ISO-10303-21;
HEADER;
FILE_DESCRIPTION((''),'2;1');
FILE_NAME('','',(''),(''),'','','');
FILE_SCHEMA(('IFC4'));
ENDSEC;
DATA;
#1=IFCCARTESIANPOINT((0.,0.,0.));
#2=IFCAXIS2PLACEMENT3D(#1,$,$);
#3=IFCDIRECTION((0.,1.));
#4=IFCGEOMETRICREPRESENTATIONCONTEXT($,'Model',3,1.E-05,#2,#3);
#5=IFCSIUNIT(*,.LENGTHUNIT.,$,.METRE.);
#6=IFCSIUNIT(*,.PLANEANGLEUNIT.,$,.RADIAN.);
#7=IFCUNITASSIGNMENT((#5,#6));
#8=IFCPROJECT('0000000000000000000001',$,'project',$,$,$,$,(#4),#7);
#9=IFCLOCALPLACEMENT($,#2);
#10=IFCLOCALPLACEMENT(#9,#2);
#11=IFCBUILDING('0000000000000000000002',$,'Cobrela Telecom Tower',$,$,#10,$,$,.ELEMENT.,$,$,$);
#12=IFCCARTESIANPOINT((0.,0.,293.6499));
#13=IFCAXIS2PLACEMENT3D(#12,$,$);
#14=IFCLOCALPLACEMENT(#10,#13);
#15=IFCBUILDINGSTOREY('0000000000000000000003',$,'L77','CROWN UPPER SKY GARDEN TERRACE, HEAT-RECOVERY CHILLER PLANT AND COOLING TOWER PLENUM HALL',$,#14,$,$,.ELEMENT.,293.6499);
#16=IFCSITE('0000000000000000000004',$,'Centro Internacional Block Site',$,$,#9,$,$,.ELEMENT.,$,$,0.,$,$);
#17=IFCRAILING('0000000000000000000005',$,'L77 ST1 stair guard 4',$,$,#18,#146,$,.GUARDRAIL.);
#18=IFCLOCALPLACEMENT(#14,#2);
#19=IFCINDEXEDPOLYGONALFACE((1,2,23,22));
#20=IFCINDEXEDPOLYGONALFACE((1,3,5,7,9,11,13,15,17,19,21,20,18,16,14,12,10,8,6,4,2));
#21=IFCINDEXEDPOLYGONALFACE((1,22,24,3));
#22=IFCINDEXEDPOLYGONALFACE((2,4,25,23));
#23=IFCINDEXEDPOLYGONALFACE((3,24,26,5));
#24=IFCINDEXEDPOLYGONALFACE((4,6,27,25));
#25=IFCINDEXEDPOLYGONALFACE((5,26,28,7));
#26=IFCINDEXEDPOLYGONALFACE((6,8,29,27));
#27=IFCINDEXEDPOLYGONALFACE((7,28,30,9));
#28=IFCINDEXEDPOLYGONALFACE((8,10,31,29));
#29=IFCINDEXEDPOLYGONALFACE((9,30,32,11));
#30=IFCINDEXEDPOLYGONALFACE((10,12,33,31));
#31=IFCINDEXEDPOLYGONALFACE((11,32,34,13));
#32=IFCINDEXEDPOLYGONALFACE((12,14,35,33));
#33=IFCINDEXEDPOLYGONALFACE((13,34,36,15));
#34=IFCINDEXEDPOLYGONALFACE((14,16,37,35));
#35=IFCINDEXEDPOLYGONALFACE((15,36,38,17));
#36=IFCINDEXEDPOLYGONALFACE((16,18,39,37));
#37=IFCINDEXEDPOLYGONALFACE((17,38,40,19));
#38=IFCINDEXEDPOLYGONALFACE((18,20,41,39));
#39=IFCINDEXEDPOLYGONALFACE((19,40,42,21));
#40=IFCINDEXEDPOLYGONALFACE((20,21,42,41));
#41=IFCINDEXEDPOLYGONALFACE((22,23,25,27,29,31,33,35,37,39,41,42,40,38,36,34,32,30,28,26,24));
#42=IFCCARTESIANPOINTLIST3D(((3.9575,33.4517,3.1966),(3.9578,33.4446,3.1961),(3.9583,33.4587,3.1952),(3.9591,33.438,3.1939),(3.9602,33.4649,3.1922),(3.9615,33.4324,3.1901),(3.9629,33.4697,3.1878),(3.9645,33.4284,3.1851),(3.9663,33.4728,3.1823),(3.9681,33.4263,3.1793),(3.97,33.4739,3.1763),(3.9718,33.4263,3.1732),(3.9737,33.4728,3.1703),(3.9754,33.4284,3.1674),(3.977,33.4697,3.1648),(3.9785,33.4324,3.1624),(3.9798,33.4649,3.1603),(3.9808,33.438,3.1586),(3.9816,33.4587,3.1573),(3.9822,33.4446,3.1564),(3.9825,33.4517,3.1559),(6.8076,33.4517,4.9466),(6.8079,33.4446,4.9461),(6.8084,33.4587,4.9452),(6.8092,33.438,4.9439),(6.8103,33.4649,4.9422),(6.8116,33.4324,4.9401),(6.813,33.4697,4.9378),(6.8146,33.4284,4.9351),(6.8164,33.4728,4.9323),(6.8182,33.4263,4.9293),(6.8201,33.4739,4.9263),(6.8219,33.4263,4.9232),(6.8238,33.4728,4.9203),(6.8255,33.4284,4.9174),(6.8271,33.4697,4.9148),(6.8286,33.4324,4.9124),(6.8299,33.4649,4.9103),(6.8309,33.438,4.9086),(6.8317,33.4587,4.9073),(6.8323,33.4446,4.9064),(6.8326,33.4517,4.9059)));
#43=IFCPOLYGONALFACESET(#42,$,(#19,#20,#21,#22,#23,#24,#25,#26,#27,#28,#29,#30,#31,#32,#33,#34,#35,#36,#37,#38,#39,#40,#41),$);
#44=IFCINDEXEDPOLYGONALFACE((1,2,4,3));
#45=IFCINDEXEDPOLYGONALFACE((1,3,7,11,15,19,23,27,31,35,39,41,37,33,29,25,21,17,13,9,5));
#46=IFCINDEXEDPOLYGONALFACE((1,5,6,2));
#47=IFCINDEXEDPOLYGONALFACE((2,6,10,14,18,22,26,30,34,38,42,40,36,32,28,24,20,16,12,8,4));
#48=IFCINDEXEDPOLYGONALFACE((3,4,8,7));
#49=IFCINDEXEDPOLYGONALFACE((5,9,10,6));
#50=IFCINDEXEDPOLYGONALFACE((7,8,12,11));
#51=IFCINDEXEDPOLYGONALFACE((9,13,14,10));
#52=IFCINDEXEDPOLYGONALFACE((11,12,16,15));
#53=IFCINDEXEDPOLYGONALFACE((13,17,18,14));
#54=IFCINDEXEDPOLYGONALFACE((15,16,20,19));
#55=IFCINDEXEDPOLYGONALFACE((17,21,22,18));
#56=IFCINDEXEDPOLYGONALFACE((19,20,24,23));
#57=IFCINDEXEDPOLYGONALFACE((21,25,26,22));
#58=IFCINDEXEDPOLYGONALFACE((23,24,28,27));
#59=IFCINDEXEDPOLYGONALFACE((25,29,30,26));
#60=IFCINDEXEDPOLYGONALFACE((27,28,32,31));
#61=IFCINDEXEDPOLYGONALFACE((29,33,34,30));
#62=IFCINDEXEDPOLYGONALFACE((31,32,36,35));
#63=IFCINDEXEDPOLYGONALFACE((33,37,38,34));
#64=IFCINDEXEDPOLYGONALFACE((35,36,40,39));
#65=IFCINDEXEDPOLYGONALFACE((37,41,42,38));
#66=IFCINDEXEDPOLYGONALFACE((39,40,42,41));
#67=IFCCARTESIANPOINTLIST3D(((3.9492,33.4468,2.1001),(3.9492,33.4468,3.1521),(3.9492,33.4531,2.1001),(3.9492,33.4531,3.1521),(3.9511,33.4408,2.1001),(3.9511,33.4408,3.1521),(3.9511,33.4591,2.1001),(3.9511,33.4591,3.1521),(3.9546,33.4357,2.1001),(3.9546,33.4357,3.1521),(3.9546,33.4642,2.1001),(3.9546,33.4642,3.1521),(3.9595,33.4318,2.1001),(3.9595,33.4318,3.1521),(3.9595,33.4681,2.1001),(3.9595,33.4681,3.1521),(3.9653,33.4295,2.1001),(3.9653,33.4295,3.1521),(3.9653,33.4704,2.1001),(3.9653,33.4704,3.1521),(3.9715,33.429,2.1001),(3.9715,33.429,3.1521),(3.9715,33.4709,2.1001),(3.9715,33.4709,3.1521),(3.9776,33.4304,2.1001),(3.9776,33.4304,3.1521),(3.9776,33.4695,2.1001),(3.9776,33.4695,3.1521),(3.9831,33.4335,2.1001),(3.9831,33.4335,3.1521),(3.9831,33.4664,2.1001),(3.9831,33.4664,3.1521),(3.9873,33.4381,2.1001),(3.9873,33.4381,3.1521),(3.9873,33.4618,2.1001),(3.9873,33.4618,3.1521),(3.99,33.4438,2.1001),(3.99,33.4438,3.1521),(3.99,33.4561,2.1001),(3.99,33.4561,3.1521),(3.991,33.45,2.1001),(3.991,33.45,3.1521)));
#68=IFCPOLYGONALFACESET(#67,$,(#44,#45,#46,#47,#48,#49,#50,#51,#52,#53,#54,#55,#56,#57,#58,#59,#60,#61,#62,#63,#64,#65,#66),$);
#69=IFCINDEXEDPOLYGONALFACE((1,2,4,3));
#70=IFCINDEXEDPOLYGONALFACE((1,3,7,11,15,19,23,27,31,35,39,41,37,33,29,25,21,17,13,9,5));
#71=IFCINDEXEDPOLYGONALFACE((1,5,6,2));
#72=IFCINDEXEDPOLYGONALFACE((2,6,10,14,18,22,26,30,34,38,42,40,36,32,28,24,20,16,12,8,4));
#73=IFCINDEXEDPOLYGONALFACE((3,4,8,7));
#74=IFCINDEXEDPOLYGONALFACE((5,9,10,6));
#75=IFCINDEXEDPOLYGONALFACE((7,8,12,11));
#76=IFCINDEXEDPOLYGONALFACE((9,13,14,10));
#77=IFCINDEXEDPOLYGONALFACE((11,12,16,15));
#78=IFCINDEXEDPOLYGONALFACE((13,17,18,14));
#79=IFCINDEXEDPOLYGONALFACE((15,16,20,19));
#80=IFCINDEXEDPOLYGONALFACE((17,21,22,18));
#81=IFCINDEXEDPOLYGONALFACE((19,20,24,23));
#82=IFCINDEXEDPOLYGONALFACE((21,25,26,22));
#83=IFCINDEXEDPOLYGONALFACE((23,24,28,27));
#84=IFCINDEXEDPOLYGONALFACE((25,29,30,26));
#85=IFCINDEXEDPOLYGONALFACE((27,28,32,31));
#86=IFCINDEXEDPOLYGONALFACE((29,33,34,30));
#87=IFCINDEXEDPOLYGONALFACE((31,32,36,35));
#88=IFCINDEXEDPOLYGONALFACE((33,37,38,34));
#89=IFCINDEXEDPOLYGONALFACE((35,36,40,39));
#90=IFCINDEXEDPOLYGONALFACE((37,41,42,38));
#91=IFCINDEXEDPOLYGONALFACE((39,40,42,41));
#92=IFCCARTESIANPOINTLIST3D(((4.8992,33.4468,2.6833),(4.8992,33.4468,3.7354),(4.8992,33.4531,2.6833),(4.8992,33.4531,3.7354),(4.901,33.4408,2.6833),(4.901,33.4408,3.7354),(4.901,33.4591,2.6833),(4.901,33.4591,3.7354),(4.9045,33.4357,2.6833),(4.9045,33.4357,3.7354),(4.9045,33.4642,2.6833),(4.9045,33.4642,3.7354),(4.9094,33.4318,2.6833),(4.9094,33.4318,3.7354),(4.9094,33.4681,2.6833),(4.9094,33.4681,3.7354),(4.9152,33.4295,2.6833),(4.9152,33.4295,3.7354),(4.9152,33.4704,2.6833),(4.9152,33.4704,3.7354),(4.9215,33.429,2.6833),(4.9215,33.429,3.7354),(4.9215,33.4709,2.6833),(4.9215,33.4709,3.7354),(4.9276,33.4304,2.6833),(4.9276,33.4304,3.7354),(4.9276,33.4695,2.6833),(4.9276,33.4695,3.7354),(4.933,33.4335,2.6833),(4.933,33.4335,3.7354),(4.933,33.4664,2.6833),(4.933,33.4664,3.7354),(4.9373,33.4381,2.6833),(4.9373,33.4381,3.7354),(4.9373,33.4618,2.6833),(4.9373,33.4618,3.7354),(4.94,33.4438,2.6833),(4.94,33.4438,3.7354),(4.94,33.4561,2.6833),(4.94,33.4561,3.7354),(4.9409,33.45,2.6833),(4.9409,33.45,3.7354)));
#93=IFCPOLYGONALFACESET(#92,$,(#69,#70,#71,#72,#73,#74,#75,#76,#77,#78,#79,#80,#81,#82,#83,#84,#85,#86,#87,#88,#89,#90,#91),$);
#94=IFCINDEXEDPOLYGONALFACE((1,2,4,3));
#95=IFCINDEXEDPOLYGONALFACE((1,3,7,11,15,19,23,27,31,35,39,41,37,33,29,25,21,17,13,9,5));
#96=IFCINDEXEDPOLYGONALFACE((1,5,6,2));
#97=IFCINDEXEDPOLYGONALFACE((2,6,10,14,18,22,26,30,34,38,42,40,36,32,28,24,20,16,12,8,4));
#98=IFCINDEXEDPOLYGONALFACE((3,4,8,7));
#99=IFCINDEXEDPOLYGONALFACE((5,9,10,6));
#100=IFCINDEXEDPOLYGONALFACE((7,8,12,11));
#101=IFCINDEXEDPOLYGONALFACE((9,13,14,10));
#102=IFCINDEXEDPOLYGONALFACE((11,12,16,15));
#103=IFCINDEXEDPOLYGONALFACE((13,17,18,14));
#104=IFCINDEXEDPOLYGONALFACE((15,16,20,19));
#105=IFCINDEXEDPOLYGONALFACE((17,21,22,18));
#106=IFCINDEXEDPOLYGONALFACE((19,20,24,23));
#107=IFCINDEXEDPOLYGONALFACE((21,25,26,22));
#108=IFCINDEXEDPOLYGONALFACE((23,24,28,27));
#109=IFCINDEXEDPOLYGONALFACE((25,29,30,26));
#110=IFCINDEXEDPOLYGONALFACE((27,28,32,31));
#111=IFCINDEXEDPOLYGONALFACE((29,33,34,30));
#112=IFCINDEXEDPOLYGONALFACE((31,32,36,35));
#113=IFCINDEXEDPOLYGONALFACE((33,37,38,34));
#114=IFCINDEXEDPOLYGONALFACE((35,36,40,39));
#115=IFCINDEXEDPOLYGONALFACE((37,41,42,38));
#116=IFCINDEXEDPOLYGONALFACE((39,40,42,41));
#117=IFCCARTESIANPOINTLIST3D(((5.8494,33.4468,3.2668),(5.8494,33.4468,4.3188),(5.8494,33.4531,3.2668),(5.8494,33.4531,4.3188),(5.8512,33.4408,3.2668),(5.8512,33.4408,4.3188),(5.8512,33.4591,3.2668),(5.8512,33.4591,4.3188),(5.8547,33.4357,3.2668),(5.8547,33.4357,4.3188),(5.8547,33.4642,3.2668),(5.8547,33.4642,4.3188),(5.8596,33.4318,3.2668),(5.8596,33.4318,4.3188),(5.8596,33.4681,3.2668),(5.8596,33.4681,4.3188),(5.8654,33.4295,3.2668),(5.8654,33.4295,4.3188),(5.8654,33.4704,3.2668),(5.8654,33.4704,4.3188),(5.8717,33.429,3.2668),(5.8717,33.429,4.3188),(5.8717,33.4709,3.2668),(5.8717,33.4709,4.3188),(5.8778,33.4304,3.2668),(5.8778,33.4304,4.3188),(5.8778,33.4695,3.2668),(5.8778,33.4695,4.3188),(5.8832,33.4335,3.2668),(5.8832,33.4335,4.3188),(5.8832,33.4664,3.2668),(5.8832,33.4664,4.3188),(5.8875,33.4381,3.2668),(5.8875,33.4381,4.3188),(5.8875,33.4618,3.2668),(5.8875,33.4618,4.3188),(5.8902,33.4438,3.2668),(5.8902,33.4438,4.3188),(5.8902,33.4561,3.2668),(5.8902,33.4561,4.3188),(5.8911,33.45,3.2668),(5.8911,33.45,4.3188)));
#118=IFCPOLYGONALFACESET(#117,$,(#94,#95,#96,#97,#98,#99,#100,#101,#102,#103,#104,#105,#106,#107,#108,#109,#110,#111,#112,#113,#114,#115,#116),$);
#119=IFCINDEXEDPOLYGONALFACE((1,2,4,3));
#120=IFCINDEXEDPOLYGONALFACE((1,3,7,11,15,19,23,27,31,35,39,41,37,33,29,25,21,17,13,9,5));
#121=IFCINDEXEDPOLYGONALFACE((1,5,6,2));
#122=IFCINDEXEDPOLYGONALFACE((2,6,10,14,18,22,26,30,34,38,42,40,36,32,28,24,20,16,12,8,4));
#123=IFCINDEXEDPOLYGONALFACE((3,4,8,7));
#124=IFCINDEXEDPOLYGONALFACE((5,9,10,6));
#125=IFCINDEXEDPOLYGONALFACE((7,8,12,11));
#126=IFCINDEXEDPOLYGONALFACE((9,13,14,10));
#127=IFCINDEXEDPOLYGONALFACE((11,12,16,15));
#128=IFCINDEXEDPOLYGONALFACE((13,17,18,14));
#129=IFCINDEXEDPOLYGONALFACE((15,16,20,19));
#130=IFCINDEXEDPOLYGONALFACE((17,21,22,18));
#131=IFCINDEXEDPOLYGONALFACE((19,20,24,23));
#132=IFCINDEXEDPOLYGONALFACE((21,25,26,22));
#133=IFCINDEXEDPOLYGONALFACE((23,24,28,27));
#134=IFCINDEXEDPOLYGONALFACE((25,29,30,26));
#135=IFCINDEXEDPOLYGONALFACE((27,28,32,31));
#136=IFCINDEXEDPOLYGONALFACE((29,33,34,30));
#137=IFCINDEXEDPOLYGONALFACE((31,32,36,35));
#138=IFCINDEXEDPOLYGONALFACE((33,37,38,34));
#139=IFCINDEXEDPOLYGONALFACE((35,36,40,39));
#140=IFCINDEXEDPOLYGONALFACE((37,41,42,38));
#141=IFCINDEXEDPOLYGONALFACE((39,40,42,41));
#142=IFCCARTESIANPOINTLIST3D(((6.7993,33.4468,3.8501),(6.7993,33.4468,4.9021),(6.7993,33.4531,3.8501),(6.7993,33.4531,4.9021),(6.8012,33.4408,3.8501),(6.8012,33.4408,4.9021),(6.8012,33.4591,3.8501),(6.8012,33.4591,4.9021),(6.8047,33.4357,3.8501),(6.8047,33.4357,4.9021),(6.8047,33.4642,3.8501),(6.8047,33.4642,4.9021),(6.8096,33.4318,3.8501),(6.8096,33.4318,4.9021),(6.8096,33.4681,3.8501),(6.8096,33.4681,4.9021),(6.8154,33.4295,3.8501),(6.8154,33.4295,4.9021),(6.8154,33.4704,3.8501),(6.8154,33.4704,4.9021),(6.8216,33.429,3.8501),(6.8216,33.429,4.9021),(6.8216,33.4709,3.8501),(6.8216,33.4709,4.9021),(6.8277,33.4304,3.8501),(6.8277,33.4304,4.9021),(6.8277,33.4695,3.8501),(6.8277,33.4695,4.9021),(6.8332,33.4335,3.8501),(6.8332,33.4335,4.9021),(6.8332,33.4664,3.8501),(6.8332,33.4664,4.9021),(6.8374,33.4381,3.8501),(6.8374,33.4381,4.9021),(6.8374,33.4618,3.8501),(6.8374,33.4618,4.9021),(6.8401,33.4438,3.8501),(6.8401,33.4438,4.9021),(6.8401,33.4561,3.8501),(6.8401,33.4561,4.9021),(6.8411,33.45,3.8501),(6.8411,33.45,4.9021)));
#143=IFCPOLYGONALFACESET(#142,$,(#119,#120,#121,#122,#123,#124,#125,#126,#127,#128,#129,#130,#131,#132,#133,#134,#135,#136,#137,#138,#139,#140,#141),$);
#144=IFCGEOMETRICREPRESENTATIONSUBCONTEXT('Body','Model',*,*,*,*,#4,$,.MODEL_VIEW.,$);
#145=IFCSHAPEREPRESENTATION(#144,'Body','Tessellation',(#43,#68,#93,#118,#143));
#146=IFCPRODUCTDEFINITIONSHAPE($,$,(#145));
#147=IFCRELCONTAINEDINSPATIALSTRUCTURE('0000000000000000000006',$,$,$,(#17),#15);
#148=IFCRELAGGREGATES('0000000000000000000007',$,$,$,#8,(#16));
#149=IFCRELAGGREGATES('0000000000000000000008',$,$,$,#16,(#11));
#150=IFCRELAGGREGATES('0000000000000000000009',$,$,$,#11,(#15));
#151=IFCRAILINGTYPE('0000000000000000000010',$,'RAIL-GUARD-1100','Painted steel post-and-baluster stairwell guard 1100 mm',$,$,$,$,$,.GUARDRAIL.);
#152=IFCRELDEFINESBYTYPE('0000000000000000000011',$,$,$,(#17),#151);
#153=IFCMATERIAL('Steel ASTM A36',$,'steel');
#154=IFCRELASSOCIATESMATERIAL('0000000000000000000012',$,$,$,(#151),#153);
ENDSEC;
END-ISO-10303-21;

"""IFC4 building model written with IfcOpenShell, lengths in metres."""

from ifc_helpers import new_model, si_unit, direction, frame, origin, origin_2d, place, context, subcontext, project, spatial, circle, extrude, material, type_object, element, save


model = new_model("IFC4")

# Units and contexts
model_context = context("Model", 3, precision=1e-05, world=origin(), true_north=direction((0.0, 1.0)))
body_context = subcontext(model_context, "Body", "Model", "MODEL_VIEW")
ifc_project = project(units=[si_unit("LENGTHUNIT", "METRE"), si_unit("PLANEANGLEUNIT", "RADIAN")], contexts=[model_context])

# Site, building, storey
site_placement = place(None, origin())
site = spatial("IfcSite", under=ifc_project, at=site_placement, Name="Centro Internacional Block Site", CompositionType="ELEMENT", RefElevation=0.0)
building_placement = place(site_placement, origin())
building = spatial("IfcBuilding", under=site, at=building_placement, Name="Cobrela Telecom Tower", CompositionType="ELEMENT")
storey_placement = place(building_placement, frame((0.0, 0.0, 293.6499)))
storey = spatial("IfcBuildingStorey", under=building, at=storey_placement, Name="L77", Description="CROWN UPPER SKY GARDEN TERRACE, HEAT-RECOVERY CHILLER PLANT AND COOLING TOWER PLENUM HALL", CompositionType="ELEMENT", Elevation=293.6499)

# Shared definitions
ifc_material_1 = material(Name="Steel ASTM A36", Category="steel")

# Railing
railing_type_1 = type_object("IfcRailingType", Name="RAIL-GUARD-1100", Description="Painted steel post-and-baluster stairwell guard 1100 mm", PredefinedType="GUARDRAIL", material=ifc_material_1)
railing_1_placement = place(storey_placement, frame((3.97, 33.45, 2.1001)))
element("IfcRailing", 1, at=railing_1_placement, inside=storey, type_object=railing_type_1, Name="L77 ST1 stair guard 4", PredefinedType="GUARDRAIL", context=body_context, shape_type="SweptSolid", body=[
    extrude(circle(Radius=0.0239, at=origin_2d()), frame((0.0, 0.0, 1.0762), z_axis=(0.852179, 0.0, 0.52325), x_axis=(0.0, 1.0, 0.0)), (0.0, 0.0, 1.0), 3.3445),
    extrude(circle(Radius=0.021, at=origin_2d()), origin(), (0.0, 0.0, 1.0), 1.052),
    extrude(circle(Radius=0.021, at=origin_2d()), frame((0.95, 0.0, 0.5833)), (0.0, 0.0, 1.0), 1.052),
    extrude(circle(Radius=0.021, at=origin_2d()), frame((1.9001, 0.0, 1.1667)), (0.0, 0.0, 1.0), 1.052),
    extrude(circle(Radius=0.021, at=origin_2d()), frame((2.8501, 0.0, 1.75)), (0.0, 0.0, 1.0), 1.052),
])

save(model, "model.ifc")
